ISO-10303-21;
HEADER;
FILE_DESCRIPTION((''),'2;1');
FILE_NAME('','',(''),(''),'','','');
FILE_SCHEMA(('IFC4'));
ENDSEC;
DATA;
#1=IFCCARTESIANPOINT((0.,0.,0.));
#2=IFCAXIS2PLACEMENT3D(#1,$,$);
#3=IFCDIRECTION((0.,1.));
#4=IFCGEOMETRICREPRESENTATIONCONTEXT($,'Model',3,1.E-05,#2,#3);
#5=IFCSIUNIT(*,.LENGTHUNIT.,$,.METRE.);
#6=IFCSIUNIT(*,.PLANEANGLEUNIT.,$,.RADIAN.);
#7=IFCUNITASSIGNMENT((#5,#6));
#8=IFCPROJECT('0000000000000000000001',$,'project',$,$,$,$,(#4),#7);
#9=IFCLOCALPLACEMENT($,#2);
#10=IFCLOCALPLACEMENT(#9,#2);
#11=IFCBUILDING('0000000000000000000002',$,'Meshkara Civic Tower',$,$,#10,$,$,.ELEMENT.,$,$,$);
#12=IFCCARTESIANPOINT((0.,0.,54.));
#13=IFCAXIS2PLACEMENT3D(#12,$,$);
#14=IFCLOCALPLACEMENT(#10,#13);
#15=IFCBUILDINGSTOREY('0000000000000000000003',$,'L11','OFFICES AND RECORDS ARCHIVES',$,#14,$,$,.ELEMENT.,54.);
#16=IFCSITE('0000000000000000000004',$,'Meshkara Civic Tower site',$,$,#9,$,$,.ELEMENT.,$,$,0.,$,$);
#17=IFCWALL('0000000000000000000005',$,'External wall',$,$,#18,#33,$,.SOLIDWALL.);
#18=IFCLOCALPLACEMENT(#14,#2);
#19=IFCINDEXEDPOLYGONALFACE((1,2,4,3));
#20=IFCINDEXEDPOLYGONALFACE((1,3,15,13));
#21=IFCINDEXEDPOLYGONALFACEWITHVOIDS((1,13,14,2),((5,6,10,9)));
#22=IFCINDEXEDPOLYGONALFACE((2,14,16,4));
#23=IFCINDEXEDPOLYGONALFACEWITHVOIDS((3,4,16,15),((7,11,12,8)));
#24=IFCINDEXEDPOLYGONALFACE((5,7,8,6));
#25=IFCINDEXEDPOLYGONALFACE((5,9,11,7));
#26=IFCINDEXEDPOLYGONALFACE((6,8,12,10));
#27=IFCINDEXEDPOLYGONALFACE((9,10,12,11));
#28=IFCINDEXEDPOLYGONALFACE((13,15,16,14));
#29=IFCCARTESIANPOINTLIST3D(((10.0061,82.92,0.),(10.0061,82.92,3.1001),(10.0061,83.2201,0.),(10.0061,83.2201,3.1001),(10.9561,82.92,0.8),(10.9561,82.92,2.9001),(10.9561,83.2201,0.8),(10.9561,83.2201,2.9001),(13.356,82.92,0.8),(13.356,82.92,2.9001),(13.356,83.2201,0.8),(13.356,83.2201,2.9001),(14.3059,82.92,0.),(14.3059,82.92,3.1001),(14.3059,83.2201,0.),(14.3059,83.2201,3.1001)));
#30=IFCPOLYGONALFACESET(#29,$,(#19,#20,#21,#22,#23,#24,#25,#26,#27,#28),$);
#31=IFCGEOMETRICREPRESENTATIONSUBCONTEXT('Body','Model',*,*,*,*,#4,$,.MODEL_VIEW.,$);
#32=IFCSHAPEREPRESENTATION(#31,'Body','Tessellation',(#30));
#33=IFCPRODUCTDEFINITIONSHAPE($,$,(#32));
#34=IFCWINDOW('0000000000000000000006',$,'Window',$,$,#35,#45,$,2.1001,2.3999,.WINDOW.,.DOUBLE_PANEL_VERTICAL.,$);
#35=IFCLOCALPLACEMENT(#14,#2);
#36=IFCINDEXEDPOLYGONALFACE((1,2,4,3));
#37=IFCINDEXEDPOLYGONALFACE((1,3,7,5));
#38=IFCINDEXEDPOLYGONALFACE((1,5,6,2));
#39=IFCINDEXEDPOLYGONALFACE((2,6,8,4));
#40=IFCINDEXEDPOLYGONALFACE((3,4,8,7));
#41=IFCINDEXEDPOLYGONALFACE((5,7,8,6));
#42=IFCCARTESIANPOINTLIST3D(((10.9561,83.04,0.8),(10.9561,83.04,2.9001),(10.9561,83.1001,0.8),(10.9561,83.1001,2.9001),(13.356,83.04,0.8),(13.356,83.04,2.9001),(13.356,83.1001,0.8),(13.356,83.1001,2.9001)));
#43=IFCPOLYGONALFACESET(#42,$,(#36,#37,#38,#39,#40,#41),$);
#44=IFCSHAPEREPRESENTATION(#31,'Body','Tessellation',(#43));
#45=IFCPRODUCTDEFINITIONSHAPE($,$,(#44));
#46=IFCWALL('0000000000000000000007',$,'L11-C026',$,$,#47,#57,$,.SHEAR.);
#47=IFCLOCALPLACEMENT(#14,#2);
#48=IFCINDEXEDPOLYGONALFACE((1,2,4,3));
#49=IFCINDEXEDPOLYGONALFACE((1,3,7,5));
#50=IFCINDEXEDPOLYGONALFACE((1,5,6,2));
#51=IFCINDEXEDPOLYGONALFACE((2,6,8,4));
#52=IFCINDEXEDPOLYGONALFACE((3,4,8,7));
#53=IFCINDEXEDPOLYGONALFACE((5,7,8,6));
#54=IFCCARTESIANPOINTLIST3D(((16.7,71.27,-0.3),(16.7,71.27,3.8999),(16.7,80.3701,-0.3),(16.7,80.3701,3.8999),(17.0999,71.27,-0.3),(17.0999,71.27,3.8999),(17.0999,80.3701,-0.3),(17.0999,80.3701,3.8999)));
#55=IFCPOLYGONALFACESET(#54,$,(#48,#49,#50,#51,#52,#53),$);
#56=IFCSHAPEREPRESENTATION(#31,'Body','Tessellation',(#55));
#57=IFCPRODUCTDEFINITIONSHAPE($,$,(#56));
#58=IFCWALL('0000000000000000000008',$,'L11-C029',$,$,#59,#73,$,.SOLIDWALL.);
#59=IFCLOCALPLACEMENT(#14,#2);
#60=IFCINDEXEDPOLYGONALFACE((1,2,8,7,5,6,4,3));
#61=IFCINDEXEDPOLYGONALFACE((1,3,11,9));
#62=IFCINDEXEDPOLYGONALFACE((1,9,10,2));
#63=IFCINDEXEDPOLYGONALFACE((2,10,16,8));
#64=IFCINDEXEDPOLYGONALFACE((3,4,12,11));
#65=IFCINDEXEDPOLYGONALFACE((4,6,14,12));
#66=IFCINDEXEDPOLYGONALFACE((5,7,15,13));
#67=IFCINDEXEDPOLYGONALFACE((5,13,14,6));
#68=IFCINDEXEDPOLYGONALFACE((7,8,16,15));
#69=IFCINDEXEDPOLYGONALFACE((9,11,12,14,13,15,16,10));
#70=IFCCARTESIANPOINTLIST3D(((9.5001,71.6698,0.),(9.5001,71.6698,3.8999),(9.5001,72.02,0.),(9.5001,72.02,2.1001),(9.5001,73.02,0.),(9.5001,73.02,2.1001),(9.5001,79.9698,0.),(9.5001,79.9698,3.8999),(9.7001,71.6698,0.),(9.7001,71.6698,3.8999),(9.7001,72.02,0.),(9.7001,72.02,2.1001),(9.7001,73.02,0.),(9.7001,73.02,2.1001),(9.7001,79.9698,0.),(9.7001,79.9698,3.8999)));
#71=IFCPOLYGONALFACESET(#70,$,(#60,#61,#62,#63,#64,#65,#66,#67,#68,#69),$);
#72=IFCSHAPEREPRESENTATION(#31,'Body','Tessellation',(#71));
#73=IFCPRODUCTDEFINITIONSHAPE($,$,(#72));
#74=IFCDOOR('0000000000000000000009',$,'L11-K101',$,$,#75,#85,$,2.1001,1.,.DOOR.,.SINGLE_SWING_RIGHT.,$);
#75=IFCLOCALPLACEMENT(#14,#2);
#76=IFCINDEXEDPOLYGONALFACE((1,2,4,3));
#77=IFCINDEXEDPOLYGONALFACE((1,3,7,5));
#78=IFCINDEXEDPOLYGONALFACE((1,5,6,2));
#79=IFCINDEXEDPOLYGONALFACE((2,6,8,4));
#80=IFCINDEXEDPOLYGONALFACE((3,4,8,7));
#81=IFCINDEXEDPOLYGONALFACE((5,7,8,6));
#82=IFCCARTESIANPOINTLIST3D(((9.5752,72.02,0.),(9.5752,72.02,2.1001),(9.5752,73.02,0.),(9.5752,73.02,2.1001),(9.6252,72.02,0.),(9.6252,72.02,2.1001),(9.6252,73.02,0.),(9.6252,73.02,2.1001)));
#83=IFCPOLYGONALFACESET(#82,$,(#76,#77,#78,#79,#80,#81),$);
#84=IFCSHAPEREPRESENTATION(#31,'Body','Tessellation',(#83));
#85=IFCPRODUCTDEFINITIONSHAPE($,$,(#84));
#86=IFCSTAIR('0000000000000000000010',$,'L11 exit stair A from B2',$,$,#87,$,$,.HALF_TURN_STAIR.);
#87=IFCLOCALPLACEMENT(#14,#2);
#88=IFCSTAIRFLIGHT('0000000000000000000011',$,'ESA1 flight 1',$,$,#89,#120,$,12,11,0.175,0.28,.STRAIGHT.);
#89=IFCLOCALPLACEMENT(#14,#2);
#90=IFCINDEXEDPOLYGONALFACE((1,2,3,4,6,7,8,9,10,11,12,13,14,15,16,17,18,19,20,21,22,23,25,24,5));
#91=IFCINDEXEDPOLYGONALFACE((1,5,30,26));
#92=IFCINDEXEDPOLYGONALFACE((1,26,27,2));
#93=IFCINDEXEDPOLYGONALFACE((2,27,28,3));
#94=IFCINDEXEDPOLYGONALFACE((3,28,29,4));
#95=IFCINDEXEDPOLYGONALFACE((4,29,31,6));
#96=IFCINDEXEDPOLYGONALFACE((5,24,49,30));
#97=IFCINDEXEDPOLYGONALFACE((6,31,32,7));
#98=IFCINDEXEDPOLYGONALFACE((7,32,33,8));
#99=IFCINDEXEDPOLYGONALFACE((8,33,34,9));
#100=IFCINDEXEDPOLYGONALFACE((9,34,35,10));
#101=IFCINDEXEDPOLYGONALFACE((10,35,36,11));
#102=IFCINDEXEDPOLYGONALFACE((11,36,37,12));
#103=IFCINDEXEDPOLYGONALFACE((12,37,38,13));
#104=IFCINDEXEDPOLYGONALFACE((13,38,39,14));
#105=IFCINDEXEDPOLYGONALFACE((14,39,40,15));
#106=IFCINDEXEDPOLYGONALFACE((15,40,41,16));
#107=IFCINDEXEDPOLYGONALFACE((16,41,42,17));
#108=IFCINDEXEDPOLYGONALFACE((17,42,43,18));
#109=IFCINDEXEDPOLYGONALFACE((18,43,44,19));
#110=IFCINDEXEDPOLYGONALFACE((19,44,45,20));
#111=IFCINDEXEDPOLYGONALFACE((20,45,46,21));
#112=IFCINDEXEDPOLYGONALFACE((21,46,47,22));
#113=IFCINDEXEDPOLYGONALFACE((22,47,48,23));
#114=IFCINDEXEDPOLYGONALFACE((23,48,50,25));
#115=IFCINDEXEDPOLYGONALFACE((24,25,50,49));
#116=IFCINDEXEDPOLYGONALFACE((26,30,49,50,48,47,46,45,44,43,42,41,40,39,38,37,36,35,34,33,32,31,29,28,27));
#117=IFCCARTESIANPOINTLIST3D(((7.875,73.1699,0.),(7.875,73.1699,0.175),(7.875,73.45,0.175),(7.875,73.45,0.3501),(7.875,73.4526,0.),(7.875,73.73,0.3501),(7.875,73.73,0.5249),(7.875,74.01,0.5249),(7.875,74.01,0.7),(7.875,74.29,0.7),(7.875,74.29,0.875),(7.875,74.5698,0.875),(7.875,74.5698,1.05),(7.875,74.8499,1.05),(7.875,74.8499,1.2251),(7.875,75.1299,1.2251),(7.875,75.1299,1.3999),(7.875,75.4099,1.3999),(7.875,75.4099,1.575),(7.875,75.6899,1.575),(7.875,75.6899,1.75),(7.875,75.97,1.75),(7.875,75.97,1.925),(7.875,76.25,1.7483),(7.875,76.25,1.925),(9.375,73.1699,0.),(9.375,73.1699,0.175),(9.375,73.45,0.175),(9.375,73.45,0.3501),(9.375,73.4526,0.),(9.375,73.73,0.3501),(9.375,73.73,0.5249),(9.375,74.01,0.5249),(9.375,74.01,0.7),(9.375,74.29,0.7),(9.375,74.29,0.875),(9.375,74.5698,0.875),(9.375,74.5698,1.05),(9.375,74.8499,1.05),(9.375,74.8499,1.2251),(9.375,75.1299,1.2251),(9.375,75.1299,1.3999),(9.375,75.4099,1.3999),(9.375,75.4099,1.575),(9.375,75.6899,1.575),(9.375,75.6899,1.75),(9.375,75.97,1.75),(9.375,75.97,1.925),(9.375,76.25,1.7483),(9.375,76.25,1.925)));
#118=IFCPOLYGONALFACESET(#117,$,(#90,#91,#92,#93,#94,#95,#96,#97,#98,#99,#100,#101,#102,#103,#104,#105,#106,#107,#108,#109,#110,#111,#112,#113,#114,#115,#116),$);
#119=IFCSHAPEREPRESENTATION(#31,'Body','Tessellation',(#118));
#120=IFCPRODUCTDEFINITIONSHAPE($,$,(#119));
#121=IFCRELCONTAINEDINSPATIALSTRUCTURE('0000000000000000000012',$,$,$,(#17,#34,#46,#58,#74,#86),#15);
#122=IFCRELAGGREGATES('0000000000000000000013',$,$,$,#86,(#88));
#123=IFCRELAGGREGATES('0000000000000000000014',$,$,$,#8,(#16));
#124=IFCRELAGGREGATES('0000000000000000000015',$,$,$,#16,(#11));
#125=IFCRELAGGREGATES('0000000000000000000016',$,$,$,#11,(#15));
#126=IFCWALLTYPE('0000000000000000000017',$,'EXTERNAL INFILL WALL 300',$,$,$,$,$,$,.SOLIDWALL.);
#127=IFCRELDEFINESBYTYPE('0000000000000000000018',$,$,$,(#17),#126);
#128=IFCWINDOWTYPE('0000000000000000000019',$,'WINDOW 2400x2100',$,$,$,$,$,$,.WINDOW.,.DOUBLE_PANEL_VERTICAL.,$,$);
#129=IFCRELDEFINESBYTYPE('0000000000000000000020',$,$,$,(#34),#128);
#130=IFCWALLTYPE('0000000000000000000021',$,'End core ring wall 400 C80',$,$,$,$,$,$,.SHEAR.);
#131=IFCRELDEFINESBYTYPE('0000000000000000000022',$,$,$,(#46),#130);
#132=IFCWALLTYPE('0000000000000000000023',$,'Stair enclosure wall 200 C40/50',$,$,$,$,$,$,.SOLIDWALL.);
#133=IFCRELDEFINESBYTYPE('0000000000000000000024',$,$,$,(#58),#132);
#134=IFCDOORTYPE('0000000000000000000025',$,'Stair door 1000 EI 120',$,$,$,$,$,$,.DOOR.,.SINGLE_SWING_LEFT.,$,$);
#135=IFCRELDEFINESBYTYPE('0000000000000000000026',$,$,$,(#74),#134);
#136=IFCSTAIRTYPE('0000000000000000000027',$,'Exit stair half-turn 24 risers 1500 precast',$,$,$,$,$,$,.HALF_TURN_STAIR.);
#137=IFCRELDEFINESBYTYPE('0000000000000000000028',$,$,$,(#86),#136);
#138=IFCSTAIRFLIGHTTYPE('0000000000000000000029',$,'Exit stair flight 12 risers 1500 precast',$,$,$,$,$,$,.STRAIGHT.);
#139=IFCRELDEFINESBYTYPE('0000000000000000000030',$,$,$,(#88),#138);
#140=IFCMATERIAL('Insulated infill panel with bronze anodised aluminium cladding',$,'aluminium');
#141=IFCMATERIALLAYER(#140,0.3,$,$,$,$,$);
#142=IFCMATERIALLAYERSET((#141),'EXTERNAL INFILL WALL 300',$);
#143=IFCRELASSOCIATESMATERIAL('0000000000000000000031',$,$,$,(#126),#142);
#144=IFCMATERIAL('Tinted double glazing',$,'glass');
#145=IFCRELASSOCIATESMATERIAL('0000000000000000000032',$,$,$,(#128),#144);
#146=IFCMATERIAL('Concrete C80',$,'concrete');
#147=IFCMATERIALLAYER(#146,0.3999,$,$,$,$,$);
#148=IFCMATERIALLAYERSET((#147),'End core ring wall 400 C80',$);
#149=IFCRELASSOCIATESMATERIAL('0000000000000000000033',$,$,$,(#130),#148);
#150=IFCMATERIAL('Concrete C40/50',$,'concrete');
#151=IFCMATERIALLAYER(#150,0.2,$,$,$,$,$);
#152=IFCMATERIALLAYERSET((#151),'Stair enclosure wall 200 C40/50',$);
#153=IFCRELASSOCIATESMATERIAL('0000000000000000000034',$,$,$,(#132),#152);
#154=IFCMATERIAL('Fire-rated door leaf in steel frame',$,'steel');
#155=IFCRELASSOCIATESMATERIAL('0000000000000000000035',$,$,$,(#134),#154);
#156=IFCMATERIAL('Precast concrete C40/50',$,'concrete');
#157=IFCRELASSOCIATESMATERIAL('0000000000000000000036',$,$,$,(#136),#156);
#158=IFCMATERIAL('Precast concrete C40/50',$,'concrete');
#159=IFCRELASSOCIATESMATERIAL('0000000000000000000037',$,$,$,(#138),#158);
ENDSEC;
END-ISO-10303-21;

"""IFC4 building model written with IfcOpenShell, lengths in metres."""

from ifc_helpers import new_model, si_unit, direction, frame, frame_2d, origin, place, context, subcontext, project, spatial, polyline, rectangle, outline, extrude, material, layer, layer_set, type_object, element, fill, aggregate, save


model = new_model("IFC4")

# Units and contexts
model_context = context("Model", 3, precision=1e-05, world=origin(), true_north=direction((0.0, 1.0)))
body_context = subcontext(model_context, "Body", "Model", "MODEL_VIEW")
ifc_project = project(units=[si_unit("LENGTHUNIT", "METRE"), si_unit("PLANEANGLEUNIT", "RADIAN")], contexts=[model_context])

# Site, building, storey
site_placement = place(None, origin())
site = spatial("IfcSite", under=ifc_project, at=site_placement, Name="Meshkara Civic Tower site", CompositionType="ELEMENT", RefElevation=0.0)
building_placement = place(site_placement, origin())
building = spatial("IfcBuilding", under=site, at=building_placement, Name="Meshkara Civic Tower", CompositionType="ELEMENT")
storey_placement = place(building_placement, frame((0.0, 0.0, 54.0)))
storey = spatial("IfcBuildingStorey", under=building, at=storey_placement, Name="L11", Description="OFFICES AND RECORDS ARCHIVES", CompositionType="ELEMENT", Elevation=54.0)

# Wall, opening, window
ifc_material_1 = material(Name="Insulated infill panel with bronze anodised aluminium cladding", Category="aluminium")
ifc_layer_1 = layer(ifc_material_1, 0.3)
ifc_layer_set_1 = layer_set([ifc_layer_1], Name="EXTERNAL INFILL WALL 300")
wall_type_1 = type_object("IfcWallType", Name="EXTERNAL INFILL WALL 300", PredefinedType="SOLIDWALL", material=ifc_layer_set_1)
wall_1_placement = place(storey_placement, frame((14.3059, 83.0701, 0.0), z_axis=(0.0, 0.0, 1.0), x_axis=(-1.0, 0.0, 0.0)))
wall_1 = element("IfcWall", 1, at=wall_1_placement, inside=storey, type_object=wall_type_1, Name="External wall", PredefinedType="SOLIDWALL", context=body_context, shape_type="SweptSolid", body=[
    extrude(rectangle(XDim=4.2998, YDim=0.3, at=frame_2d((2.1499, 0.0))), origin(), (0.0, 0.0, 1.0), 3.1001),
])
opening_1_placement = place(wall_1_placement, frame((0.95, 0.0, 0.8)))
opening_1 = element("IfcOpeningElement", 2, at=opening_1_placement, cuts=wall_1, PredefinedType="OPENING", context=body_context, shape_type="SweptSolid", body=[
    extrude(rectangle(XDim=2.3999, YDim=2.1001, at=frame_2d((1.2, 1.05))), frame((0.0, 0.1599, 0.0), z_axis=(0.0, -1.0, 0.0), x_axis=(1.0, 0.0, 0.0)), (0.0, 0.0, 1.0), 0.3201),
])
ifc_material_2 = material(Name="Tinted double glazing", Category="glass")
window_type = type_object("IfcWindowType", Name="WINDOW 2400x2100", PartitioningType="DOUBLE_PANEL_VERTICAL", PredefinedType="WINDOW", material=ifc_material_2)
window_placement = place(opening_1_placement, origin())
window = element("IfcWindow", 3, at=window_placement, inside=storey, type_object=window_type, Name="Window", OverallHeight=2.1001, OverallWidth=2.3999, PartitioningType="DOUBLE_PANEL_VERTICAL", PredefinedType="WINDOW", context=body_context, shape_type="SweptSolid", body=[
    extrude(rectangle(XDim=2.3999, YDim=2.1001, at=frame_2d((1.2, 1.05))), frame((0.0, 0.03, 0.0), z_axis=(0.0, -1.0, 0.0), x_axis=(1.0, 0.0, 0.0)), (0.0, 0.0, 1.0), 0.0601),
])
fill(opening_1, window)

# Wall
ifc_material_3 = material(Name="Concrete C80", Category="concrete")
ifc_layer_2 = layer(ifc_material_3, 0.3999)
ifc_layer_set_2 = layer_set([ifc_layer_2], Name="End core ring wall 400 C80")
wall_type_2 = type_object("IfcWallType", Name="End core ring wall 400 C80", PredefinedType="SHEAR", material=ifc_layer_set_2)
wall_2_placement = place(storey_placement, frame((16.8999, 71.27, -0.3), z_axis=(0.0, 0.0, 1.0), x_axis=(0.0, 1.0, 0.0)))
element("IfcWall", 4, at=wall_2_placement, inside=storey, type_object=wall_type_2, Name="L11-C026", PredefinedType="SHEAR", context=body_context, shape_type="SweptSolid", body=[
    extrude(rectangle(XDim=9.1001, YDim=0.3999, at=frame_2d((4.55, 0.0))), origin(), (0.0, 0.0, 1.0), 4.2),
])

# Wall, opening, door
ifc_material_4 = material(Name="Concrete C40/50", Category="concrete")
ifc_layer_3 = layer(ifc_material_4, 0.2)
ifc_layer_set_3 = layer_set([ifc_layer_3], Name="Stair enclosure wall 200 C40/50")
wall_type_3 = type_object("IfcWallType", Name="Stair enclosure wall 200 C40/50", PredefinedType="SOLIDWALL", material=ifc_layer_set_3)
wall_3_placement = place(storey_placement, frame((9.6001, 71.6699, 0.0), z_axis=(0.0, 0.0, 1.0), x_axis=(0.0, 1.0, 0.0)))
wall_3 = element("IfcWall", 5, at=wall_3_placement, inside=storey, type_object=wall_type_3, Name="L11-C029", PredefinedType="SOLIDWALL", context=body_context, shape_type="SweptSolid", body=[
    extrude(rectangle(XDim=8.3, YDim=0.2, at=frame_2d((4.1499, 0.0))), origin(), (0.0, 0.0, 1.0), 3.8999),
])
opening_2_placement = place(wall_3_placement, frame((0.3501, 0.0, 0.0)))
opening_2 = element("IfcOpeningElement", 6, at=opening_2_placement, cuts=wall_3, PredefinedType="OPENING", context=body_context, shape_type="SweptSolid", body=[
    extrude(rectangle(XDim=1.0, YDim=2.1001, at=frame_2d((0.5, 1.05))), frame((0.0, 0.1099, 0.0), z_axis=(0.0, -1.0, 0.0), x_axis=(1.0, 0.0, 0.0)), (0.0, 0.0, 1.0), 0.22),
])
ifc_material_5 = material(Name="Fire-rated door leaf in steel frame", Category="steel")
door_type_1 = type_object("IfcDoorType", Name="Stair door 1000 EI 120", OperationType="SINGLE_SWING_LEFT", PredefinedType="DOOR", material=ifc_material_5)
door_1_placement = place(opening_2_placement, origin())
door_1 = element("IfcDoor", 7, at=door_1_placement, inside=storey, type_object=door_type_1, Name="L11-K101", OperationType="SINGLE_SWING_RIGHT", OverallHeight=2.1001, OverallWidth=1.0, PredefinedType="DOOR", context=body_context, shape_type="SweptSolid", body=[
    extrude(rectangle(XDim=1.0, YDim=2.1001, at=frame_2d((0.5, 1.05))), frame((0.0, 0.0249, 0.0), z_axis=(0.0, -1.0, 0.0), x_axis=(1.0, 0.0, 0.0)), (0.0, 0.0, 1.0), 0.05),
])
fill(opening_2, door_1)

# Stair, stair flight
ifc_material_6 = material(Name="Precast concrete C40/50", Category="concrete")
stair_type = type_object("IfcStairType", Name="Exit stair half-turn 24 risers 1500 precast", PredefinedType="HALF_TURN_STAIR", material=ifc_material_6)
stair_placement = place(storey_placement, origin())
stair = element("IfcStair", 8, at=stair_placement, inside=storey, type_object=stair_type, Name="L11 exit stair A from B2", PredefinedType="HALF_TURN_STAIR")
ifc_material_7 = material(Name="Precast concrete C40/50", Category="concrete")
stair_flight_type = type_object("IfcStairFlightType", Name="Exit stair flight 12 risers 1500 precast", PredefinedType="STRAIGHT", material=ifc_material_7)
stair_flight_placement = place(storey_placement, frame((8.625, 73.1699, 0.0), z_axis=(0.0, 0.0, 1.0), x_axis=(0.0, 1.0, 0.0)))
stair_flight = element("IfcStairFlight", 9, at=stair_flight_placement, type_object=stair_flight_type, Name="ESA1 flight 1", NumberOfRisers=12, NumberOfTreads=11, PredefinedType="STRAIGHT", RiserHeight=0.175, TreadLength=0.28, context=body_context, shape_type="SweptSolid", body=[
    extrude(outline(polyline([(0.0, 0.0), (0.0, 0.175), (0.28, 0.175), (0.28, 0.3501), (0.5601, 0.3501), (0.5601, 0.5249), (0.8401, 0.5249), (0.8401, 0.7), (1.1201, 0.7), (1.1201, 0.875), (1.3999, 0.875), (1.3999, 1.05), (1.6799, 1.05), (1.6799, 1.2251), (1.96, 1.2251), (1.96, 1.3999), (2.24, 1.3999), (2.24, 1.575), (2.52, 1.575), (2.52, 1.75), (2.8, 1.75), (2.8, 1.925), (3.0801, 1.925), (3.0801, 2.1001), (3.0801, 1.7483), (0.2827, 0.0), (0.0, 0.0)])), frame((0.0, 0.75, 0.0), z_axis=(0.0, -1.0, 0.0), x_axis=(1.0, 0.0, 0.0)), (0.0, 0.0, 1.0), 1.5),
])
aggregate(stair, [stair_flight])

save(model, "model.ifc")
